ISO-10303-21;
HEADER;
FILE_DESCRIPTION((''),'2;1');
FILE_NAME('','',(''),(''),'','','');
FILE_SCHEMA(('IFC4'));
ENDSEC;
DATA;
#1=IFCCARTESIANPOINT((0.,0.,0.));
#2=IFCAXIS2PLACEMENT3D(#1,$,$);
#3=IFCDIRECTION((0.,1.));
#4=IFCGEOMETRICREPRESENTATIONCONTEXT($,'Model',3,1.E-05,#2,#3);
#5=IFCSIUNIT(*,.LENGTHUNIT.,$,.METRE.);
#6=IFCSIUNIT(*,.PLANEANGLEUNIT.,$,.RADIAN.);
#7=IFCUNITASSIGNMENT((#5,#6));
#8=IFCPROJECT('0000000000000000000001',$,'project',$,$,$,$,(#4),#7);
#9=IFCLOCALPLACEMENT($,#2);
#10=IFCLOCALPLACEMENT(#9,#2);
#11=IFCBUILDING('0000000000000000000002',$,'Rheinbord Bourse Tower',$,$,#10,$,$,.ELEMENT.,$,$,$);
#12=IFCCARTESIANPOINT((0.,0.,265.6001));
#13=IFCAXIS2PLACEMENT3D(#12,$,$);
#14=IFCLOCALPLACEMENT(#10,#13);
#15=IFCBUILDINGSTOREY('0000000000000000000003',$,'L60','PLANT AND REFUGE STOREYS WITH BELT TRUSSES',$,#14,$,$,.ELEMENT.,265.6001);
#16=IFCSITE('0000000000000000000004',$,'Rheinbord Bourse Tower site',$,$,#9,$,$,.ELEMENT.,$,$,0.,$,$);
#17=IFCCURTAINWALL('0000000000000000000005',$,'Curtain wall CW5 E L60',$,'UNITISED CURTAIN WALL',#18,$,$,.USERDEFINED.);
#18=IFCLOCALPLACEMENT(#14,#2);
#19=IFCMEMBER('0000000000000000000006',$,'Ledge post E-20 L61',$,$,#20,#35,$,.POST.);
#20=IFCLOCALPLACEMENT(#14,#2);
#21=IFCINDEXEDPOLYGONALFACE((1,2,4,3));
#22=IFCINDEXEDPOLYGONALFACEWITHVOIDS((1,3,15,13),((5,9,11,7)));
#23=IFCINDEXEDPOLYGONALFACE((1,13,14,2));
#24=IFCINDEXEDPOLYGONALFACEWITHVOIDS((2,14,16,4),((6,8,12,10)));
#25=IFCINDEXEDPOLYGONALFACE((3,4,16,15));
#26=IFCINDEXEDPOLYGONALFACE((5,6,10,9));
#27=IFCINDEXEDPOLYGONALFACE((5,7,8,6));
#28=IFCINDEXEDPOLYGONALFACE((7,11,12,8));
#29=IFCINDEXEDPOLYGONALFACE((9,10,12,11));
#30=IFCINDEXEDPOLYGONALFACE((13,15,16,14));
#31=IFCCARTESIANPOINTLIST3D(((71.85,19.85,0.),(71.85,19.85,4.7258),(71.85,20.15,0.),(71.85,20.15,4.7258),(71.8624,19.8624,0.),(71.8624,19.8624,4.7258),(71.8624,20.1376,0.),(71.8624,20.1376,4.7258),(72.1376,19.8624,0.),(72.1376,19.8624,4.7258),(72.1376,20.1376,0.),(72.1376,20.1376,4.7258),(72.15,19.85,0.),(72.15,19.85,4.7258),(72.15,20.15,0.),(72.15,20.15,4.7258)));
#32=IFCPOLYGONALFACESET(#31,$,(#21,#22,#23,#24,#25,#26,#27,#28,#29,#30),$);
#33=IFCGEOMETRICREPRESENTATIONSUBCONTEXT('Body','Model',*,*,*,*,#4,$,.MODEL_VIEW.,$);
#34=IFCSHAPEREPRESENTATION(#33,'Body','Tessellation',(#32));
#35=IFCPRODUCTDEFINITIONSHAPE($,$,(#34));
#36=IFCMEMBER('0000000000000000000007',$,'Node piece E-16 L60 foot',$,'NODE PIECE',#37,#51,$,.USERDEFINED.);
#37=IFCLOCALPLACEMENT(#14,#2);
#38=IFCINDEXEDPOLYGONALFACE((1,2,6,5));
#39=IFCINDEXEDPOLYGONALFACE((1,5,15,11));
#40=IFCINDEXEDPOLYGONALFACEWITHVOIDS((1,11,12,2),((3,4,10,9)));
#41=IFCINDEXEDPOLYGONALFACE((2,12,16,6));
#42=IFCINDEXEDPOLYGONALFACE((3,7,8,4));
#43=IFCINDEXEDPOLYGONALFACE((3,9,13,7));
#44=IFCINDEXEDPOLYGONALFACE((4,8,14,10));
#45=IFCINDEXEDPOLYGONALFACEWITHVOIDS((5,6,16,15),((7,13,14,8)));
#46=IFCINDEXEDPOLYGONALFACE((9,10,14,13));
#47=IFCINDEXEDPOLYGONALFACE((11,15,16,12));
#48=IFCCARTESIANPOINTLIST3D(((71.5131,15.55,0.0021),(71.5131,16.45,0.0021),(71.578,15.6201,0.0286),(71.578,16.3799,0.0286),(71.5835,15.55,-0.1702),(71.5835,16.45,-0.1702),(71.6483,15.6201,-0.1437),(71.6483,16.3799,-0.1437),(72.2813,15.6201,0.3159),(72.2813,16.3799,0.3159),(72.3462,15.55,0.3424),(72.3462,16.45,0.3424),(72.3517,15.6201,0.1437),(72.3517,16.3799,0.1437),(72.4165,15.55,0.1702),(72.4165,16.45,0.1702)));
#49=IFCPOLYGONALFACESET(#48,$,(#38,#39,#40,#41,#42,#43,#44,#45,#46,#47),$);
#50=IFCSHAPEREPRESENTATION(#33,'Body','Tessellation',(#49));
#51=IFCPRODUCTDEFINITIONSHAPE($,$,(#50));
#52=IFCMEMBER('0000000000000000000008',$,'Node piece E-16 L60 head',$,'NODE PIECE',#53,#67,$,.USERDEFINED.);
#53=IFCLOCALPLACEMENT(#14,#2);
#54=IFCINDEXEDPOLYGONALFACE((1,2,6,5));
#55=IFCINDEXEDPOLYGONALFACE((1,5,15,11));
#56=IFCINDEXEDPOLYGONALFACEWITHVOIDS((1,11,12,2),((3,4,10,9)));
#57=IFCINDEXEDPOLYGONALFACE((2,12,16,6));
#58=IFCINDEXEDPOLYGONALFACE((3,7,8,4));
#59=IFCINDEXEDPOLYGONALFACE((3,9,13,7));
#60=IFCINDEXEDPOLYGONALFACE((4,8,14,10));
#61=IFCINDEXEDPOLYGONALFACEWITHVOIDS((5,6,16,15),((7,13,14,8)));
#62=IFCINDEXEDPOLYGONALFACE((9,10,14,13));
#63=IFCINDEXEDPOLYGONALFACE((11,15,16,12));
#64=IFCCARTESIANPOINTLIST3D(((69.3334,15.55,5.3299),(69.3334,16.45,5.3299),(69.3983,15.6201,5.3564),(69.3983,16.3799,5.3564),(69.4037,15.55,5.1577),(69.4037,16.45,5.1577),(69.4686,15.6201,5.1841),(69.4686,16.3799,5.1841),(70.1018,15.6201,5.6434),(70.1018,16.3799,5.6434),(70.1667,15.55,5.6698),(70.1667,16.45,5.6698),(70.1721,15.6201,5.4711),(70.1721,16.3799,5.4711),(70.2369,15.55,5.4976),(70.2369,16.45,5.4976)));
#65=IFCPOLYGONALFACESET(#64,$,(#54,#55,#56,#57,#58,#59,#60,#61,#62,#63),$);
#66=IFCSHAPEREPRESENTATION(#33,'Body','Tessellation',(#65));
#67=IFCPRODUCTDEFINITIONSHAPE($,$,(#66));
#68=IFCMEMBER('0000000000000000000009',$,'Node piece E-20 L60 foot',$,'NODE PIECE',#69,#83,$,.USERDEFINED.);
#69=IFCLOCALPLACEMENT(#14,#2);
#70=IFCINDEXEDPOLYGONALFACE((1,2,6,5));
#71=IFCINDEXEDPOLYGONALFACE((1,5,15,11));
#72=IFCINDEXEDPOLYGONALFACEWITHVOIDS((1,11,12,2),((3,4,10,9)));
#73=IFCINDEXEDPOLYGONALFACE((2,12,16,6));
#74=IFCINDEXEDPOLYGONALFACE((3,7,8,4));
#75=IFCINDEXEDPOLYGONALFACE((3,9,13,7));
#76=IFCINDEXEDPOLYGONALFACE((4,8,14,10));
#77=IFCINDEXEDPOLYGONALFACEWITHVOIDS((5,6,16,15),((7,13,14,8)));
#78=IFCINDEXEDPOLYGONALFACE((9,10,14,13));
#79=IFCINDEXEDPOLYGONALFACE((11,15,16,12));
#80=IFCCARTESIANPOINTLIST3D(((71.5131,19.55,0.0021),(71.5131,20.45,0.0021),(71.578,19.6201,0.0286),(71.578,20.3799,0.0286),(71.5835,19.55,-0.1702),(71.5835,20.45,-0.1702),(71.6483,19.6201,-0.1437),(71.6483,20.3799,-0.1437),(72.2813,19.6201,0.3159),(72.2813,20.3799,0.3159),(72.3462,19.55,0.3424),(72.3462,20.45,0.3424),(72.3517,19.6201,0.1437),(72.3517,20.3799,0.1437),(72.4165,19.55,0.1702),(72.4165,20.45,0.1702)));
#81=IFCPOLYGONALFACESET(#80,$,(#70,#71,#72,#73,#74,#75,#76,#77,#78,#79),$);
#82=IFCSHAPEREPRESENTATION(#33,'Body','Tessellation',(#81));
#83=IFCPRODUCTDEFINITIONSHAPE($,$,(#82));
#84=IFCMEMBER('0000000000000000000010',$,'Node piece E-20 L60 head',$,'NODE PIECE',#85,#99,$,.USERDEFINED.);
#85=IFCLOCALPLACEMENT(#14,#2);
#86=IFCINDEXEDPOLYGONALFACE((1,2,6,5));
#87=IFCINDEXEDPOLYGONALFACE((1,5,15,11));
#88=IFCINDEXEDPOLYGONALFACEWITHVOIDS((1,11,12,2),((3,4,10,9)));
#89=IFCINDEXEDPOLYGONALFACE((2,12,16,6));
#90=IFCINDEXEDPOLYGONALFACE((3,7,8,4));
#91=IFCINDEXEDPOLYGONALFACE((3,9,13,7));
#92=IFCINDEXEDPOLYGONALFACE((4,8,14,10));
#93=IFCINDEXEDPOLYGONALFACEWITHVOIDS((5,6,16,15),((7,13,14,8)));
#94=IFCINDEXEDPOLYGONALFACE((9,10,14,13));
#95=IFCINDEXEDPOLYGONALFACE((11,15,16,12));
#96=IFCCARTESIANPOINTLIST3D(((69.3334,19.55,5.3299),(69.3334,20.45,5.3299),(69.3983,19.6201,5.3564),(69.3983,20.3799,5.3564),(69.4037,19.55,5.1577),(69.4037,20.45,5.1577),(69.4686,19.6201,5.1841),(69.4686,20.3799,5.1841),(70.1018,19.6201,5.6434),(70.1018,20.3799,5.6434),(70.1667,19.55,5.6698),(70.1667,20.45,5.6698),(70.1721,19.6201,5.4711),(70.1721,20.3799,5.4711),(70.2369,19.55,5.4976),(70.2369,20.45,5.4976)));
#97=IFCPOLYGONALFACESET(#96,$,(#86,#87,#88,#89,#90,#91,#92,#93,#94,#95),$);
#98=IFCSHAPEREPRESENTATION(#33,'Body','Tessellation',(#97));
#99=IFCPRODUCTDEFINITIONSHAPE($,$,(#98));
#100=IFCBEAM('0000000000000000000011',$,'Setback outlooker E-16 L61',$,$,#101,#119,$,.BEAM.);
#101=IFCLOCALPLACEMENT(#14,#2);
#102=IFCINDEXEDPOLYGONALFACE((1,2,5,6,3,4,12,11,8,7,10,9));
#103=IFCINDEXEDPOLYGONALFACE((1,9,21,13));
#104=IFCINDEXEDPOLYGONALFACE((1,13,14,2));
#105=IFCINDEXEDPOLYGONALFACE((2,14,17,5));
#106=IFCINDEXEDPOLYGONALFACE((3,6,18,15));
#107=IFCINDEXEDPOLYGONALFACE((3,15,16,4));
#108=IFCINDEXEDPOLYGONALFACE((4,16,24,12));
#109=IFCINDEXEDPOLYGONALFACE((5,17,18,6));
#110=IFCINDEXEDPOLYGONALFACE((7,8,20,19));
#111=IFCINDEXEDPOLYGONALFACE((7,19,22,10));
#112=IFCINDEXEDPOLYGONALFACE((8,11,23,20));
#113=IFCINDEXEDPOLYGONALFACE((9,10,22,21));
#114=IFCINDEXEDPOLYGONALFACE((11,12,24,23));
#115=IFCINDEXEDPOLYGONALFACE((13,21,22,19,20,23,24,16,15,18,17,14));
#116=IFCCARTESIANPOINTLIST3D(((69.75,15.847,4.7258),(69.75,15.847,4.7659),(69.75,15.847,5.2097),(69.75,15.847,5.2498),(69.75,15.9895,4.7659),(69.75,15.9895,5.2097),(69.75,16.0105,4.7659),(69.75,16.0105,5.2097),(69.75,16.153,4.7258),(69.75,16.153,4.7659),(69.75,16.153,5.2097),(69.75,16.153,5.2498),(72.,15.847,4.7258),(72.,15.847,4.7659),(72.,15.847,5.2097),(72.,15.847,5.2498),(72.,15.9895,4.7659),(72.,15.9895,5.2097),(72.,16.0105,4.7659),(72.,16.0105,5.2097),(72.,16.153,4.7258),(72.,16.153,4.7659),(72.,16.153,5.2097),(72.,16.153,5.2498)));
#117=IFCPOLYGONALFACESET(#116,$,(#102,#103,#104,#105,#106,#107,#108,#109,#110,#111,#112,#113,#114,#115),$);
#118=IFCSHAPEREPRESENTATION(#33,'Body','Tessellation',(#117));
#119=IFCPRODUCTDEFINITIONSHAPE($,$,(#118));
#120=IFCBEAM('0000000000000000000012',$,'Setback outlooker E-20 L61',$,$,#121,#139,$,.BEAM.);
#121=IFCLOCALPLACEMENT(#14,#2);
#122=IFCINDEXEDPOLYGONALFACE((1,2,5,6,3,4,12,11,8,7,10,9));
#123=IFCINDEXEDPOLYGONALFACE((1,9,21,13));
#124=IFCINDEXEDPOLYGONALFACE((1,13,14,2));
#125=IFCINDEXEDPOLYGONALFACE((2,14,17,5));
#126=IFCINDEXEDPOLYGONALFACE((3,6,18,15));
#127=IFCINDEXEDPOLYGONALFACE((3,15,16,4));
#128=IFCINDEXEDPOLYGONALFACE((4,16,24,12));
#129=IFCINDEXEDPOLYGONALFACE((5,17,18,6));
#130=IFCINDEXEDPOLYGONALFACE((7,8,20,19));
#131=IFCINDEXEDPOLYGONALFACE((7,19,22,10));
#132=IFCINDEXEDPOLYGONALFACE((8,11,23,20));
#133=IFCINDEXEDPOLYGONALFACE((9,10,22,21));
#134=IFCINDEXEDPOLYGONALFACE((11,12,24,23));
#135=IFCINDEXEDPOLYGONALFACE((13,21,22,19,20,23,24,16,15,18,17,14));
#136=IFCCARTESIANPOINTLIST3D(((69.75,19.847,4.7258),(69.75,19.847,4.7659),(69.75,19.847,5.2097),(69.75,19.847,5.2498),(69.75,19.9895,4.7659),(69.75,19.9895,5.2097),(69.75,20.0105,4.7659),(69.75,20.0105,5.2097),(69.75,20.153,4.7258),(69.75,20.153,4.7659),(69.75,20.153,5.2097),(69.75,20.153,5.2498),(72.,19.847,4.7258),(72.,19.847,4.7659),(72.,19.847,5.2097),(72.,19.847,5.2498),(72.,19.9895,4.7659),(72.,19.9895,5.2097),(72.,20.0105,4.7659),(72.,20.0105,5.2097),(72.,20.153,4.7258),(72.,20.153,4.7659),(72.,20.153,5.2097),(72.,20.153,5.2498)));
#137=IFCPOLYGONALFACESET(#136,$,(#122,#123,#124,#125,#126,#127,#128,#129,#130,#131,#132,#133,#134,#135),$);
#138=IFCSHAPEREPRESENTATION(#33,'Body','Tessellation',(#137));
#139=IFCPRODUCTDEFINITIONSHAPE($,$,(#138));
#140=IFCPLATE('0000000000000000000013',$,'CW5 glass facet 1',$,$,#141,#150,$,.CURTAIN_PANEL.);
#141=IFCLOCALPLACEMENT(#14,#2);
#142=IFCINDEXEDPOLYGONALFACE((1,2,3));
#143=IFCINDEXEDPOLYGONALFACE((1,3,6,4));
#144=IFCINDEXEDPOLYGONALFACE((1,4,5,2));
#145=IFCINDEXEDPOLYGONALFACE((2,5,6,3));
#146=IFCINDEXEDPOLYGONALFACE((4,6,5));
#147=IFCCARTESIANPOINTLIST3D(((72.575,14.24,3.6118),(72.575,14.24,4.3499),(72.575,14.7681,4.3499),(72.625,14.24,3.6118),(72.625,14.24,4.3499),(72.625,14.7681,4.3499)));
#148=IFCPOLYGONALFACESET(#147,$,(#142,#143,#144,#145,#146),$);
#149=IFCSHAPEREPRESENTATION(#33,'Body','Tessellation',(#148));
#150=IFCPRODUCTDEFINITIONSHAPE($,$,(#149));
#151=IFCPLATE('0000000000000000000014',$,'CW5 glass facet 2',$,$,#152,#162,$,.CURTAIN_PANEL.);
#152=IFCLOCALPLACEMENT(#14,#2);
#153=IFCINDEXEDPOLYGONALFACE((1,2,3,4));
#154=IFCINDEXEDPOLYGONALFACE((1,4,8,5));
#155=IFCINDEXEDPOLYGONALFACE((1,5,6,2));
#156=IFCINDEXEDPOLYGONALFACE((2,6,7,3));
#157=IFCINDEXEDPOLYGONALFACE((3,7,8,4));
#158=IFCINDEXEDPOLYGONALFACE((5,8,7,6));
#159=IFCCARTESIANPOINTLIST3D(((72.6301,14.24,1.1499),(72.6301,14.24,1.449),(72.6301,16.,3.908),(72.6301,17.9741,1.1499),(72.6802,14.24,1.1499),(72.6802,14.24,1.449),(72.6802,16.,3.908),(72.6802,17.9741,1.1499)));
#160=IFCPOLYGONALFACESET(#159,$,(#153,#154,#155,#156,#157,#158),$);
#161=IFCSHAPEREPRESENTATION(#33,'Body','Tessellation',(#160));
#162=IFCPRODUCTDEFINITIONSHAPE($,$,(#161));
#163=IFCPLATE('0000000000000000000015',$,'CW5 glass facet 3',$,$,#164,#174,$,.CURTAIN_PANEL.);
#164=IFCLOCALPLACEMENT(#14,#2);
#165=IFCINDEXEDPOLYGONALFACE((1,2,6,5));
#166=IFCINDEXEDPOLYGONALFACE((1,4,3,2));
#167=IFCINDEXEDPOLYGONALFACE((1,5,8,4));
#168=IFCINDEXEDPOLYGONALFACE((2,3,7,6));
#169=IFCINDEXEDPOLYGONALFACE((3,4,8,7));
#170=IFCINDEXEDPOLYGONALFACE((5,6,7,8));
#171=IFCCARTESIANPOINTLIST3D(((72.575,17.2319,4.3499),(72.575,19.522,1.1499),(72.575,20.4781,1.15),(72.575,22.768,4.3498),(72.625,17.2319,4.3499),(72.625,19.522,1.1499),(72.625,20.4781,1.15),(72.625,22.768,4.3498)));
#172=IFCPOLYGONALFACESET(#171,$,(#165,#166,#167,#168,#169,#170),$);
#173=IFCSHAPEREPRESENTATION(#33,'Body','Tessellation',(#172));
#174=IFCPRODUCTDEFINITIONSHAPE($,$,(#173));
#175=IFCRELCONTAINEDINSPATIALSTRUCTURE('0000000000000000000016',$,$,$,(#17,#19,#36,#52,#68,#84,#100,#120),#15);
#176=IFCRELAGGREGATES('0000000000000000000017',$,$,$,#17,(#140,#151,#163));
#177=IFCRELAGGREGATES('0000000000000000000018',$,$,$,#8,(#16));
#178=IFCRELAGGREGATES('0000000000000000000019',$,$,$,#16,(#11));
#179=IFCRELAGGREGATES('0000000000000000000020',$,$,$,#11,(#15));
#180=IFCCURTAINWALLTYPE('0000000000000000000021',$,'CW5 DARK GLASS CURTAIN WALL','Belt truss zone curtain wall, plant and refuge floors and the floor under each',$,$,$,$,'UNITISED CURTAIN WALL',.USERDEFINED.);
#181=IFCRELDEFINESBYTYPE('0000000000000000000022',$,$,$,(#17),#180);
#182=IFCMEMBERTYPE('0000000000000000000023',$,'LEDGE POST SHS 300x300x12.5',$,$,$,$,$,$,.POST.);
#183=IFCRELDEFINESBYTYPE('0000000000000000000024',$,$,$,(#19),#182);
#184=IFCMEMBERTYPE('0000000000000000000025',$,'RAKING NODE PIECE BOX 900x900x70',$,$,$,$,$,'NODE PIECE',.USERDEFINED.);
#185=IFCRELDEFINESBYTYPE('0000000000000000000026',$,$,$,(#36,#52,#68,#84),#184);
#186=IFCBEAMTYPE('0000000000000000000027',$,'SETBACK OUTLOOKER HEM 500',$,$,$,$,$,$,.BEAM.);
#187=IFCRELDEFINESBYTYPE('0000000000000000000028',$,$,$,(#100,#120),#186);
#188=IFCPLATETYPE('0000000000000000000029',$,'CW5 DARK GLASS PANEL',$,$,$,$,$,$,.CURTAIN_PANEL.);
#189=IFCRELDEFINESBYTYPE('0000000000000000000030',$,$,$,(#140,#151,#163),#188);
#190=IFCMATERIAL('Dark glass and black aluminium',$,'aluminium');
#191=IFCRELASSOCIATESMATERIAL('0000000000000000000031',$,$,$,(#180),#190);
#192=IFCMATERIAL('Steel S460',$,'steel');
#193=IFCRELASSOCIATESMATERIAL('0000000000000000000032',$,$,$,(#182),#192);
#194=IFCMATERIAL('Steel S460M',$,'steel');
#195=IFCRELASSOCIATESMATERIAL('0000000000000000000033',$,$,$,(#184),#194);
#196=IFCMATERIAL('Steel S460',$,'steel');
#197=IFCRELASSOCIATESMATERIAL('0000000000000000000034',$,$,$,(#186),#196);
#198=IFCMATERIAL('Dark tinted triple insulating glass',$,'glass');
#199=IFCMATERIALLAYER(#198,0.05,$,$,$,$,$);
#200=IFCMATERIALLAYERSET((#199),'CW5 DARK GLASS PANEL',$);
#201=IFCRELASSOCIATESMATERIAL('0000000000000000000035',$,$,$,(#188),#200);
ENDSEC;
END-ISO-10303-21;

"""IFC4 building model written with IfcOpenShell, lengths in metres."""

from ifc_helpers import new_model, si_unit, direction, frame, origin, origin_2d, place, context, subcontext, project, spatial, polyline, hollow_rectangle, i_section, outline, extrude, material, layer, layer_set, material_profile, profile_set, type_object, element, aggregate, save


model = new_model("IFC4")

# Units and contexts
model_context = context("Model", 3, precision=1e-05, world=origin(), true_north=direction((0.0, 1.0)))
body_context = subcontext(model_context, "Body", "Model", "MODEL_VIEW")
ifc_project = project(units=[si_unit("LENGTHUNIT", "METRE"), si_unit("PLANEANGLEUNIT", "RADIAN")], contexts=[model_context])

# Site, building, storey
site_placement = place(None, origin())
site = spatial("IfcSite", under=ifc_project, at=site_placement, Name="Rheinbord Bourse Tower site", CompositionType="ELEMENT", RefElevation=0.0)
building_placement = place(site_placement, origin())
building = spatial("IfcBuilding", under=site, at=building_placement, Name="Rheinbord Bourse Tower", CompositionType="ELEMENT")
storey_placement = place(building_placement, frame((0.0, 0.0, 265.6001)))
storey = spatial("IfcBuildingStorey", under=building, at=storey_placement, Name="L60", Description="PLANT AND REFUGE STOREYS WITH BELT TRUSSES", CompositionType="ELEMENT", Elevation=265.6001)

# Curtain wall
ifc_material_1 = material(Name="Dark glass and black aluminium", Category="aluminium")
curtain_wall_type = type_object("IfcCurtainWallType", Name="CW5 DARK GLASS CURTAIN WALL", Description="Belt truss zone curtain wall, plant and refuge floors and the floor under each", ElementType="UNITISED CURTAIN WALL", PredefinedType="USERDEFINED", material=ifc_material_1)
curtain_wall_placement = place(storey_placement, origin())
curtain_wall = element("IfcCurtainWall", 1, at=curtain_wall_placement, inside=storey, type_object=curtain_wall_type, Name="Curtain wall CW5 E L60", ObjectType="UNITISED CURTAIN WALL", PredefinedType="USERDEFINED")

# Members
ifc_material_2 = material(Name="Steel S460", Category="steel")
ifc_material_profile_1 = material_profile(ifc_material_2, hollow_rectangle(XDim=0.3, YDim=0.3, WallThickness=0.0125, at=origin_2d()), Name="SHS 300x300x12.5")
ifc_profile_set_1 = profile_set([ifc_material_profile_1], Name="Steel S460")
member_type_1 = type_object("IfcMemberType", Name="LEDGE POST SHS 300x300x12.5", PredefinedType="POST", material=ifc_profile_set_1)
for number, where, z_axis, x_axis, name in (
    (2, (72.0, 20.0, 0.0), (0.0, 0.0, 1.0), (1.0, 0.0, 0.0), "Ledge post E-20 L61"),
):
    element("IfcMember", number, at=place(storey_placement, frame(where, z_axis=z_axis, x_axis=x_axis)), inside=storey, type_object=member_type_1, Name=name, PredefinedType="POST", context=body_context, shape_type="SweptSolid", body=[
        extrude(hollow_rectangle(XDim=0.3, YDim=0.3, WallThickness=0.0125, at=origin_2d()), origin(), (0.0, 0.0, 1.0), 4.7258),
    ])
ifc_material_3 = material(Name="Steel S460M", Category="steel")
ifc_material_profile_2 = material_profile(ifc_material_3, hollow_rectangle(XDim=0.8999, YDim=0.8999, WallThickness=0.0701, at=origin_2d()), Name="BOX 900x900x70")
ifc_profile_set_2 = profile_set([ifc_material_profile_2], Name="Steel S460M")
member_type_2 = type_object("IfcMemberType", Name="RAKING NODE PIECE BOX 900x900x70", ElementType="NODE PIECE", PredefinedType="USERDEFINED", material=ifc_profile_set_2)
for number, where, z_axis, x_axis, name in (
    (3, (72.0, 16.0, 0.0), (-0.378173, 0.0, 0.925735), (0.925735, 0.0, 0.378173), "Node piece E-16 L60 foot"),
    (4, (69.8203, 16.0, 5.3276), (-0.377713, 0.0, 0.925923), (0.925923, 0.0, 0.377713), "Node piece E-16 L60 head"),
    (5, (72.0, 20.0, 0.0), (-0.378173, 0.0, 0.925735), (0.925735, 0.0, 0.378173), "Node piece E-20 L60 foot"),
    (6, (69.8203, 20.0, 5.3276), (-0.377713, 0.0, 0.925923), (0.925923, 0.0, 0.377713), "Node piece E-20 L60 head"),
):
    element("IfcMember", number, at=place(storey_placement, frame(where, z_axis=z_axis, x_axis=x_axis)), inside=storey, type_object=member_type_2, Name=name, ObjectType="NODE PIECE", PredefinedType="USERDEFINED", context=body_context, shape_type="SweptSolid", body=[
        extrude(hollow_rectangle(XDim=0.8999, YDim=0.8999, WallThickness=0.0701, at=origin_2d()), origin(), (0.0, 0.0, 1.0), 0.186),
    ])

# Beams
ifc_material_4 = material(Name="Steel S460", Category="steel")
ifc_material_profile_3 = material_profile(ifc_material_4, i_section(OverallWidth=0.3059, OverallDepth=0.5239, WebThickness=0.021, FlangeThickness=0.04, at=origin_2d()), Name="HEM 500")
ifc_profile_set_3 = profile_set([ifc_material_profile_3], Name="Steel S460")
beam_type_1 = type_object("IfcBeamType", Name="SETBACK OUTLOOKER HEM 500", PredefinedType="BEAM", material=ifc_profile_set_3)
for number, where, z_axis, x_axis, name in (
    (7, (69.75, 16.0, 4.9878), (1.0, 0.0, 0.0), (0.0, 1.0, 0.0), "Setback outlooker E-16 L61"),
    (8, (69.75, 20.0, 4.9878), (1.0, 0.0, 0.0), (0.0, 1.0, 0.0), "Setback outlooker E-20 L61"),
):
    element("IfcBeam", number, at=place(storey_placement, frame(where, z_axis=z_axis, x_axis=x_axis)), inside=storey, type_object=beam_type_1, Name=name, PredefinedType="BEAM", context=body_context, shape_type="SweptSolid", body=[
        extrude(i_section(OverallWidth=0.3059, OverallDepth=0.5239, WebThickness=0.021, FlangeThickness=0.04, at=origin_2d()), origin(), (0.0, 0.0, 1.0), 2.25),
    ])

# Plates
ifc_material_5 = material(Name="Dark tinted triple insulating glass", Category="glass")
ifc_layer = layer(ifc_material_5, 0.05)
ifc_layer_set = layer_set([ifc_layer], Name="CW5 DARK GLASS PANEL")
plate_type = type_object("IfcPlateType", Name="CW5 DARK GLASS PANEL", PredefinedType="CURTAIN_PANEL", material=ifc_layer_set)
plate_1_placement = place(storey_placement, frame((72.625, 14.24, 4.3499), z_axis=(-1.0, 0.0, 0.0), x_axis=(0.0, 1.0, 0.0)))
plate_1 = element("IfcPlate", 9, at=plate_1_placement, type_object=plate_type, Name="CW5 glass facet 1", PredefinedType="CURTAIN_PANEL", context=body_context, shape_type="SweptSolid", body=[
    extrude(outline(polyline([(0.0, 0.0), (0.5281, 0.0), (0.0, 0.738), (0.0, 0.0)])), origin(), (0.0, 0.0, 1.0), 0.05),
])
plate_2_placement = place(storey_placement, frame((72.6802, 14.24, 1.1499), z_axis=(-1.0, 0.0, 0.0), x_axis=(0.0, 0.0, 1.0)))
plate_2 = element("IfcPlate", 10, at=plate_2_placement, type_object=plate_type, Name="CW5 glass facet 2", PredefinedType="CURTAIN_PANEL", context=body_context, shape_type="SweptSolid", body=[
    extrude(outline(polyline([(0.0, 0.0), (0.2991, 0.0), (2.7581, 1.76), (0.0, 3.7341), (0.0, 0.0)])), origin(), (0.0, 0.0, 1.0), 0.05),
])
plate_3_placement = place(storey_placement, frame((72.625, 19.522, 1.1499), z_axis=(-1.0, 0.0, 0.0), x_axis=(0.0, -0.581972, 0.813209)))
plate_3 = element("IfcPlate", 11, at=plate_3_placement, type_object=plate_type, Name="CW5 glass facet 3", PredefinedType="CURTAIN_PANEL", context=body_context, shape_type="SweptSolid", body=[
    extrude(outline(polyline([(0.0, 0.0), (3.9351, 0.0), (0.7131, 4.502), (-0.5564, 0.7776), (0.0, 0.0)])), origin(), (0.0, 0.0, 1.0), 0.05),
])
aggregate(curtain_wall, [plate_1, plate_2, plate_3])

save(model, "model.ifc")
